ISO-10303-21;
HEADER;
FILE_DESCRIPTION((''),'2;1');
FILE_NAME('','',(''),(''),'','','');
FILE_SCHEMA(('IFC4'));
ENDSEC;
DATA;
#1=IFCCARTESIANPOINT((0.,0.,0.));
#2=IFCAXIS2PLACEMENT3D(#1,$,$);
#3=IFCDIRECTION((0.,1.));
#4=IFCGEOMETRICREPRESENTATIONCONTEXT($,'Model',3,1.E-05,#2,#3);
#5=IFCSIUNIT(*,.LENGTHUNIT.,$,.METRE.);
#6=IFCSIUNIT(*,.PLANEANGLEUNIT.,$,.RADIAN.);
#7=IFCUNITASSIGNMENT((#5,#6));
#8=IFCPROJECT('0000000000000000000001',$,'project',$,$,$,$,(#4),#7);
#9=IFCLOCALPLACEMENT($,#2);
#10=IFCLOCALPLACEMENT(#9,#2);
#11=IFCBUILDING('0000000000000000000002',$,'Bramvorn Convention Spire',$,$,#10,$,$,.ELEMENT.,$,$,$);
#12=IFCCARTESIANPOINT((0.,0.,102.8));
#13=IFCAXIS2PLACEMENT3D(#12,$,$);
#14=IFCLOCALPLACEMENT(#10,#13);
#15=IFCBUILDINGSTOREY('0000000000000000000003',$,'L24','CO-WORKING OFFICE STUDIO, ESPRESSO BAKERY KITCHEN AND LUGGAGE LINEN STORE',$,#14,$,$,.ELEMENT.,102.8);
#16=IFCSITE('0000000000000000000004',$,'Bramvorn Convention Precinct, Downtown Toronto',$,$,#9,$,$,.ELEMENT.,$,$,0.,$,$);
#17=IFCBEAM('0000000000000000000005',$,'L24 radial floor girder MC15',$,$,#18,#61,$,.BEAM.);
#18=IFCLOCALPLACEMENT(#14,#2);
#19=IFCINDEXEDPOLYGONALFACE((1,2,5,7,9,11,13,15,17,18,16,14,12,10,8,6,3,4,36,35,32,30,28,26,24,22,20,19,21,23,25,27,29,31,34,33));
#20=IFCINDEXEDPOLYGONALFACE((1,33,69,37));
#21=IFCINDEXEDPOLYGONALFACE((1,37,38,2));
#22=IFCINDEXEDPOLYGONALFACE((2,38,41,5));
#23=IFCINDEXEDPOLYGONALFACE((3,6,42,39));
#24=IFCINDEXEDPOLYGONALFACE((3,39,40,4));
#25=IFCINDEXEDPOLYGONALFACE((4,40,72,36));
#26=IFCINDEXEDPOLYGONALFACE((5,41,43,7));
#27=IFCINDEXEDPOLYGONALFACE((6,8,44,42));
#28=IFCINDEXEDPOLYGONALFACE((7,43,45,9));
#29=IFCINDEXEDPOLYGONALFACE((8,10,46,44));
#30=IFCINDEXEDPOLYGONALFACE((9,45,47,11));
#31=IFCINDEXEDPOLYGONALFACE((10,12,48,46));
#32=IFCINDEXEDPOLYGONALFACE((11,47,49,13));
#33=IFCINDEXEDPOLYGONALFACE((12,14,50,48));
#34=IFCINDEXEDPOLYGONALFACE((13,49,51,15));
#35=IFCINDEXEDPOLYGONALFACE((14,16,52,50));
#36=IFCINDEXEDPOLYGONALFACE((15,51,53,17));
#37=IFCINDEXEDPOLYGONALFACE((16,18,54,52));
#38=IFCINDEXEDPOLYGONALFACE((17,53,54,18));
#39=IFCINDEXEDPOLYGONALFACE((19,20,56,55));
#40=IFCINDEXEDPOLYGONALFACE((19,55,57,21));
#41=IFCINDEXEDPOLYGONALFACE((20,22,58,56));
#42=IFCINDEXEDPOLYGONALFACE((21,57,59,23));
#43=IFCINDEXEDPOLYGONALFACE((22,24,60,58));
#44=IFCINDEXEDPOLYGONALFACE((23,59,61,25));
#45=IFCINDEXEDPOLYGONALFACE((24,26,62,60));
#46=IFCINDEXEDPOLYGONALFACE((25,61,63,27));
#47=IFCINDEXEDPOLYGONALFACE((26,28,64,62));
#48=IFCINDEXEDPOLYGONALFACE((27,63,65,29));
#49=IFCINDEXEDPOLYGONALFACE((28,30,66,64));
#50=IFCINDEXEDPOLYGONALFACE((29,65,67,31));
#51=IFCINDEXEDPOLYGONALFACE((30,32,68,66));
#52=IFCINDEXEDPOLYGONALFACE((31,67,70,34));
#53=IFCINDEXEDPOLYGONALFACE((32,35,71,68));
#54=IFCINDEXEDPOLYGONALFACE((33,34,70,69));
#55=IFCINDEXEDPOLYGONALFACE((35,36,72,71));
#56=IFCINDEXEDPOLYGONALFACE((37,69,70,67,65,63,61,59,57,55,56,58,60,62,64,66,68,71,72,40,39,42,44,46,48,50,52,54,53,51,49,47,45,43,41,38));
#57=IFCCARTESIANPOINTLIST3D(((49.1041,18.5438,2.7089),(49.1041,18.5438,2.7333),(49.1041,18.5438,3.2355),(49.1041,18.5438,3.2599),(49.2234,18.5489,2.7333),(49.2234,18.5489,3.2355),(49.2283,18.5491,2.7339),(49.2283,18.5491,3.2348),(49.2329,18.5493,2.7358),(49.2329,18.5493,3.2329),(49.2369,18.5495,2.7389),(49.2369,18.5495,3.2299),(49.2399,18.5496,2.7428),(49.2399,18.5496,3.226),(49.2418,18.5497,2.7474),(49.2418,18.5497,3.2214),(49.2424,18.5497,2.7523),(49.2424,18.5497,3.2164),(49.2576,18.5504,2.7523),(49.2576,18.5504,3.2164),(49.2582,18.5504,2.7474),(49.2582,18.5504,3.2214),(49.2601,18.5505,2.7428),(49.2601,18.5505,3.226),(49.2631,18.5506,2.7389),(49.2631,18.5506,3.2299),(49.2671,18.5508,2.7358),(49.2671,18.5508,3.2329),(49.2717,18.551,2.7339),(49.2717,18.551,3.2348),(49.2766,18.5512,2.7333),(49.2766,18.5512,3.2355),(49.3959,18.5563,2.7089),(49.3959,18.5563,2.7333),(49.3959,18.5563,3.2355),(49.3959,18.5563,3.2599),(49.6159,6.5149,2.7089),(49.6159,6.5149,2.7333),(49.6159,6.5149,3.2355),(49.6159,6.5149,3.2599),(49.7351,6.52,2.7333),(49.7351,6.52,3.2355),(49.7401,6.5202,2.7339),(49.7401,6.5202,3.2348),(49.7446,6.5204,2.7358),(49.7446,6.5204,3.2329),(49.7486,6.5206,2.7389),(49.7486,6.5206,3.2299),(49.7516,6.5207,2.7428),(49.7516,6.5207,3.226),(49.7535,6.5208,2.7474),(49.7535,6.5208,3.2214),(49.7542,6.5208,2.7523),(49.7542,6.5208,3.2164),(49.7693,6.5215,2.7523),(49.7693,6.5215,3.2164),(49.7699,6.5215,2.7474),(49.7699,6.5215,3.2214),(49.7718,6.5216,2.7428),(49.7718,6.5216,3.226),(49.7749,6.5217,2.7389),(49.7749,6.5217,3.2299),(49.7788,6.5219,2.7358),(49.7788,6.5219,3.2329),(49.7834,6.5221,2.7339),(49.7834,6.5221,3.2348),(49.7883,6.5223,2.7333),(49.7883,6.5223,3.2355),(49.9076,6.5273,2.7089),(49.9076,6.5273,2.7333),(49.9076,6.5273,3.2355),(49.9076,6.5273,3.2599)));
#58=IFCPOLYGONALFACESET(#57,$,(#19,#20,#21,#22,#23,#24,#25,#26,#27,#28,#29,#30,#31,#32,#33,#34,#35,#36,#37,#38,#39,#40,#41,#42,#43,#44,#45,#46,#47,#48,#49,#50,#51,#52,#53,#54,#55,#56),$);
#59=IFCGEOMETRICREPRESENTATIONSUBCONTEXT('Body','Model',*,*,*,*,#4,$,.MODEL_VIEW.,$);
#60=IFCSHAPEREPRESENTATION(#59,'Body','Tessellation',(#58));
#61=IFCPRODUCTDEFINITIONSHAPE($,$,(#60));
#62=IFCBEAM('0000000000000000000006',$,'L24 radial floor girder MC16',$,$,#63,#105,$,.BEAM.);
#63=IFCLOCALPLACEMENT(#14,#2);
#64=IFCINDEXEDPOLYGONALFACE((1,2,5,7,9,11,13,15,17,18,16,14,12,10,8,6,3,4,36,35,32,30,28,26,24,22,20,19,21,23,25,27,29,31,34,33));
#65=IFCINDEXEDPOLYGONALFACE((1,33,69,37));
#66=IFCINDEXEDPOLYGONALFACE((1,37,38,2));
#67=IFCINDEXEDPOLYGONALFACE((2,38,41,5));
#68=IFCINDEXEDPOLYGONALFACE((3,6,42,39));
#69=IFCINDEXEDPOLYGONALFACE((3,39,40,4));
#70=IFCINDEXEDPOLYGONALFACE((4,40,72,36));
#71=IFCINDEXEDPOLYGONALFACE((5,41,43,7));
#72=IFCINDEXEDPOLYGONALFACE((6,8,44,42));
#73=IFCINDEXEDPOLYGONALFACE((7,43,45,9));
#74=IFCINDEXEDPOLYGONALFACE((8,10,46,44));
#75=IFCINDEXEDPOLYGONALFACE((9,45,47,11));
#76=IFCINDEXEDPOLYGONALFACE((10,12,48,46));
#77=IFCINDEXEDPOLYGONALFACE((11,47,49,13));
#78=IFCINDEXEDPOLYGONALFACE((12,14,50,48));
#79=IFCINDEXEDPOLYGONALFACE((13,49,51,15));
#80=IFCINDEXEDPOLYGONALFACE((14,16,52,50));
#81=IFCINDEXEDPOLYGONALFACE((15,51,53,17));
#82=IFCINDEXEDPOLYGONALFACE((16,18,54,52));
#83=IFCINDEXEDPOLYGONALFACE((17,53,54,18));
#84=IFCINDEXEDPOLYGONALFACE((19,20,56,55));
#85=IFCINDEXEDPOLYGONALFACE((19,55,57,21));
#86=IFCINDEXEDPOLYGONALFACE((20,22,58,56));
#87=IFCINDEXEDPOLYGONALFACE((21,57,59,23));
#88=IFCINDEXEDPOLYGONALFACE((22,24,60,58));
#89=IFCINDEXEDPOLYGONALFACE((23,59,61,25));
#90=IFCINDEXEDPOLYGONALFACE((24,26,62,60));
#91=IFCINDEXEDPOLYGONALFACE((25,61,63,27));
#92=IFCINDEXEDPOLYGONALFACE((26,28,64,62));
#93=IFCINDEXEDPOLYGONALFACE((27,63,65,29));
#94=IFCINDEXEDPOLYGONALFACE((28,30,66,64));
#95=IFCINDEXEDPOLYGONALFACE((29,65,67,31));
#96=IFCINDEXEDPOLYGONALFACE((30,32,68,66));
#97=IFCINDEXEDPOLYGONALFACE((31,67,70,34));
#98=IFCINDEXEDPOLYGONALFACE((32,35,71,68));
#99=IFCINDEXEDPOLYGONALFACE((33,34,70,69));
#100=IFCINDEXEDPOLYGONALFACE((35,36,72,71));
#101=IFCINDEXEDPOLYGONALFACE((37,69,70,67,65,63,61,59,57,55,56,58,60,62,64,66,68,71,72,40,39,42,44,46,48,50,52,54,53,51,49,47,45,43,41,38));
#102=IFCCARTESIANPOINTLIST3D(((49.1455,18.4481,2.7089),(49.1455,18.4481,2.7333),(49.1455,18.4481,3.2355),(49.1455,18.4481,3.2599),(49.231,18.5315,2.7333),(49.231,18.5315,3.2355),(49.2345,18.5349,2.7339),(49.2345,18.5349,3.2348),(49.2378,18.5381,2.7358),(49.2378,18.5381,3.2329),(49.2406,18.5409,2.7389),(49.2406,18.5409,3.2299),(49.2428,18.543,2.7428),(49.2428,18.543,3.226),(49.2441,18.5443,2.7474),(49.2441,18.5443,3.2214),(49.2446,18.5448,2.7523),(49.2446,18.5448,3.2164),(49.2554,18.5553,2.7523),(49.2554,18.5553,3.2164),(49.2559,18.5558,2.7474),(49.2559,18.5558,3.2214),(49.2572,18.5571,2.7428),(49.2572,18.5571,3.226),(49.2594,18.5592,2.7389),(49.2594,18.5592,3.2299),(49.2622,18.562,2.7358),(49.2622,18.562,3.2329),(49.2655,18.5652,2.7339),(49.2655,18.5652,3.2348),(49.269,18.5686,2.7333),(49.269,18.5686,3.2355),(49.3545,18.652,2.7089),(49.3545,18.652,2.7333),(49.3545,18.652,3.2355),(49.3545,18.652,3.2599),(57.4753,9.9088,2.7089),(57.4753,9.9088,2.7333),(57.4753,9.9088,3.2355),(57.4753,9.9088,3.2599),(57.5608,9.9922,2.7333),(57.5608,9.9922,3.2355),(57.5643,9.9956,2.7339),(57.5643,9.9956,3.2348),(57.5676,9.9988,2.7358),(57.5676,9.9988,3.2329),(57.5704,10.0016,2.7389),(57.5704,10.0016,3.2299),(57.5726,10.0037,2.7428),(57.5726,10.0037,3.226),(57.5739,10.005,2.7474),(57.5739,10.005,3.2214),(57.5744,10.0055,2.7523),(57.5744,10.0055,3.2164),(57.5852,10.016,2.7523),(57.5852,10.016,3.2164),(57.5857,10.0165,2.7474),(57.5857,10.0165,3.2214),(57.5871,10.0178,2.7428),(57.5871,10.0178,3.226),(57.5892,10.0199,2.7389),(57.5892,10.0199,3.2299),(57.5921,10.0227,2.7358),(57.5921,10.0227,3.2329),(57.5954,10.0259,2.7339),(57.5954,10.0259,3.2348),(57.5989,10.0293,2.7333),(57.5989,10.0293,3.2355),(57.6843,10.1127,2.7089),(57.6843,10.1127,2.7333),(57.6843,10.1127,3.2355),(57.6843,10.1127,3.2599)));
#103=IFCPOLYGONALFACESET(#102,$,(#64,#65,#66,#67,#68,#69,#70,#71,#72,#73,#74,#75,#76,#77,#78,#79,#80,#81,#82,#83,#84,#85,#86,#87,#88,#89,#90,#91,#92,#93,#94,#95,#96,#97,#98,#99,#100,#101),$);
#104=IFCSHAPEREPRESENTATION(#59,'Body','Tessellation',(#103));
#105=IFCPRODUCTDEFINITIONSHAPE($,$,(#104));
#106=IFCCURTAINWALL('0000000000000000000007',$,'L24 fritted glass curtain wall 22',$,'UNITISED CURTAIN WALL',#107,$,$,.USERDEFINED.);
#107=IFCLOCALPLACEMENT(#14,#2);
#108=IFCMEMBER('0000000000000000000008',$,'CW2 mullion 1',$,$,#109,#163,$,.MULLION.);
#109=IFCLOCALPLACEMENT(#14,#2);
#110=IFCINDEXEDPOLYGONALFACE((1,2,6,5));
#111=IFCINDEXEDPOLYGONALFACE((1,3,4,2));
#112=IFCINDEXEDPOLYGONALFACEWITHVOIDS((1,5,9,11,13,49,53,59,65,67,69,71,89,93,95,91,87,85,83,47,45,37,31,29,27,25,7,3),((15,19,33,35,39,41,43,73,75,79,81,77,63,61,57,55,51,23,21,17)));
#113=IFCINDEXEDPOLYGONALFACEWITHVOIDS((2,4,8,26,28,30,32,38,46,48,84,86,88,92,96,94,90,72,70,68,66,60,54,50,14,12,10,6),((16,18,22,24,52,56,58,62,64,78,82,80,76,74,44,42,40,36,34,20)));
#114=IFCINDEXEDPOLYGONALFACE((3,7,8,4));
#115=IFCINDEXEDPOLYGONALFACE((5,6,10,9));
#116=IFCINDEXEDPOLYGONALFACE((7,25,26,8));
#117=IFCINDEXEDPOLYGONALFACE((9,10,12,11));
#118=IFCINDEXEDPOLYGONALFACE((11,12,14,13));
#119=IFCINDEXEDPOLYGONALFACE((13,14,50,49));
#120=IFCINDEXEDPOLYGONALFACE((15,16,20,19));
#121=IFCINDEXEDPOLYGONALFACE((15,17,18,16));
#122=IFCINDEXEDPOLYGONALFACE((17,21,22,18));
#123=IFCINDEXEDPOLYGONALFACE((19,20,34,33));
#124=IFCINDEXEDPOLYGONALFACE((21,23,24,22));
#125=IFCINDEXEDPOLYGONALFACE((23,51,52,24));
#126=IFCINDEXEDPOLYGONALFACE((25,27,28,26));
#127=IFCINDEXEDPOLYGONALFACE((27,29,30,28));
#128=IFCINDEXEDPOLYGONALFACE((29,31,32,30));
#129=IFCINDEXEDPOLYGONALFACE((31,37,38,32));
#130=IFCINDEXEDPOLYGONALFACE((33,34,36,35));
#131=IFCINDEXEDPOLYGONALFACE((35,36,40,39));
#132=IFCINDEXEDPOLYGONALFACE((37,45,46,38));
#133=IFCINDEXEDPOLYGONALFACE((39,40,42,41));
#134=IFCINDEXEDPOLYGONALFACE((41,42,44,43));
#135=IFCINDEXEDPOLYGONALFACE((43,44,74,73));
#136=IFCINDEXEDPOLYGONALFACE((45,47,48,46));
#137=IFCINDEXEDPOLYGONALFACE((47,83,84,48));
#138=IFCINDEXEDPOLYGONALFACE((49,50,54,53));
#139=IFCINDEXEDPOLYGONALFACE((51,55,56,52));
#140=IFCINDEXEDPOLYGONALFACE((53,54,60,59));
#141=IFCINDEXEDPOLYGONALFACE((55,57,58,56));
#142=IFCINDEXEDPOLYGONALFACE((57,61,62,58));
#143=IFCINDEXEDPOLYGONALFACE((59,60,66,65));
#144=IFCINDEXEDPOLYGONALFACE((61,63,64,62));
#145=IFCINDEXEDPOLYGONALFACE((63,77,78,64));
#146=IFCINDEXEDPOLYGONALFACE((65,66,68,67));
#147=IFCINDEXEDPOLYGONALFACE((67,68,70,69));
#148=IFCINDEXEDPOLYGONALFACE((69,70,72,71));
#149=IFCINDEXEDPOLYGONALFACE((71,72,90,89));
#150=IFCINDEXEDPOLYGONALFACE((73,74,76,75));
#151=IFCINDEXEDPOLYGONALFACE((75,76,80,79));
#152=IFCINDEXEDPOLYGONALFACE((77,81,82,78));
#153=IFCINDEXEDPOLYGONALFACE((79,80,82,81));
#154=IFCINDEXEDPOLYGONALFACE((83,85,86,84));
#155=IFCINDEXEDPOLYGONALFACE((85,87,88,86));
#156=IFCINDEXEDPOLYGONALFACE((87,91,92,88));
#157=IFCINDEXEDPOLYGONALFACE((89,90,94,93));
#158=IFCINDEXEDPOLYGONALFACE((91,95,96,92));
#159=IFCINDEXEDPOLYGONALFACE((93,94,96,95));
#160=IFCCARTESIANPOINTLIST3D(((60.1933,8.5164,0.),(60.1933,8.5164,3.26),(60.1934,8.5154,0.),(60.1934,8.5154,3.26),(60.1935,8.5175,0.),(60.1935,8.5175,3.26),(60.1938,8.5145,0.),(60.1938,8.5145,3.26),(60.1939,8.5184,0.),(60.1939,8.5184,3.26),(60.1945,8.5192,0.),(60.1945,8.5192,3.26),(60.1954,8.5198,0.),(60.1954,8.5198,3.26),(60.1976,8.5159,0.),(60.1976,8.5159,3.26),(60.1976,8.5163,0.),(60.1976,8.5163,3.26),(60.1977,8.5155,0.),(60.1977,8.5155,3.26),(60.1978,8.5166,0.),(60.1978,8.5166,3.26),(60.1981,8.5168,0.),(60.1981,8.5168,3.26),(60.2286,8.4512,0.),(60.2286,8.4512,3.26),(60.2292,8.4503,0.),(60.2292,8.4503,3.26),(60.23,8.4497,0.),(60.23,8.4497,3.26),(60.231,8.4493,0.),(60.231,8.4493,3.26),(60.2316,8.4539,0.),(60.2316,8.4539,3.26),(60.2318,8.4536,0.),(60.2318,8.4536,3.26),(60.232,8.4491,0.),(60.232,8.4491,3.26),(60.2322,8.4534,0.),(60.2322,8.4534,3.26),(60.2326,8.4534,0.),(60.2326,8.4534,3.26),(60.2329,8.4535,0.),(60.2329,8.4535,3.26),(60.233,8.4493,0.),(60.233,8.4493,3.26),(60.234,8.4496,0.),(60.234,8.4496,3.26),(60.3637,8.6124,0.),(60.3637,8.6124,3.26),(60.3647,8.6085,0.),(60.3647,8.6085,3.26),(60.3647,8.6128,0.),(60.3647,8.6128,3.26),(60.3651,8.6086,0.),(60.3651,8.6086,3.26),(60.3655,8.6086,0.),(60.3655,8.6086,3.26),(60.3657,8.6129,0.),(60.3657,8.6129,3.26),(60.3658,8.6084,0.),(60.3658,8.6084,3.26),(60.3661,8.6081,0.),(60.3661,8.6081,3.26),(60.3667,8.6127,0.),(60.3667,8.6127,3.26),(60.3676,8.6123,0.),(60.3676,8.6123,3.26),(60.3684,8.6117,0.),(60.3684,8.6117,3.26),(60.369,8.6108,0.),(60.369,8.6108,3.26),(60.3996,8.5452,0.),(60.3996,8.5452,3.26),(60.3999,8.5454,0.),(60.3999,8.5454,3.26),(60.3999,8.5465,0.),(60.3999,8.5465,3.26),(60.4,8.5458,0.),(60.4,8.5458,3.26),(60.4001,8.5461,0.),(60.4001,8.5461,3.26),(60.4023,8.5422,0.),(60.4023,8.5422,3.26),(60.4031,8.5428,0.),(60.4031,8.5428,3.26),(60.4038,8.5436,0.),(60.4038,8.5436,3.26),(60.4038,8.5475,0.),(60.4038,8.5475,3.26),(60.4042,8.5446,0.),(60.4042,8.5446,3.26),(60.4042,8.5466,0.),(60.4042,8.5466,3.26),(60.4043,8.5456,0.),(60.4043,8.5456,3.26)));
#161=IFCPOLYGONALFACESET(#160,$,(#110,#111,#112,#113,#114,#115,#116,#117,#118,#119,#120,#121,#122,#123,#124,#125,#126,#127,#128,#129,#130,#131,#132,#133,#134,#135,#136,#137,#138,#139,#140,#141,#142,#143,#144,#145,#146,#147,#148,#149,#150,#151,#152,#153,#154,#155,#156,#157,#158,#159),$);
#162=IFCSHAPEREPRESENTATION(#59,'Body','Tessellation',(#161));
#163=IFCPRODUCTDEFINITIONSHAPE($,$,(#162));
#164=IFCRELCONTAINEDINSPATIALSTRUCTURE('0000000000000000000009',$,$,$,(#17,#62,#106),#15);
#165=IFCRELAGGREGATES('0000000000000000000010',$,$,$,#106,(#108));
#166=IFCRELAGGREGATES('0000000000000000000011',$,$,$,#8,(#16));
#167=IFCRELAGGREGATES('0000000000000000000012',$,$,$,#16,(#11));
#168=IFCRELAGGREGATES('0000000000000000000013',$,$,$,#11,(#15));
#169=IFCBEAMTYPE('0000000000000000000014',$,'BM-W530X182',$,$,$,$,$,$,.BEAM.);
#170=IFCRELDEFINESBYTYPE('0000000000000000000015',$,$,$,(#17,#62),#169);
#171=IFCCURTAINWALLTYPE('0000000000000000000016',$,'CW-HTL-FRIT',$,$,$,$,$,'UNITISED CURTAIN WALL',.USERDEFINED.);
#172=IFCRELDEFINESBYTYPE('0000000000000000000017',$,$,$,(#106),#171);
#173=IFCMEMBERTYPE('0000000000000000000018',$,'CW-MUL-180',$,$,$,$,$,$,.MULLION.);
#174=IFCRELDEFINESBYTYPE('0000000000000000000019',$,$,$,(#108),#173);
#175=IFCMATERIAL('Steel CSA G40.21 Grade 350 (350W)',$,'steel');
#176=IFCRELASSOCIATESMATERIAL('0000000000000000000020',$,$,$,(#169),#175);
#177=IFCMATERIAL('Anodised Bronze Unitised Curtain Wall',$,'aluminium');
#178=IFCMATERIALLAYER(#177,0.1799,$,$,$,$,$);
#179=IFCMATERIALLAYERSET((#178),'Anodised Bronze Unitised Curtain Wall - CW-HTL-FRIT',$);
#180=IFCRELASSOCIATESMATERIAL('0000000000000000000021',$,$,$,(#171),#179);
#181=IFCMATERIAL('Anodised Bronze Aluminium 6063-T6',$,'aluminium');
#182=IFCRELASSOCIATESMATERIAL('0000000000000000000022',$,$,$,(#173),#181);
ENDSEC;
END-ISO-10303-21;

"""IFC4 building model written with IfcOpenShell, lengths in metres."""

from ifc_helpers import new_model, si_unit, direction, frame, origin, origin_2d, place, context, subcontext, project, spatial, hollow_rectangle, i_section, extrude, material, layer, layer_set, material_profile, profile_set, type_object, element, aggregate, save


model = new_model("IFC4")

# Units and contexts
model_context = context("Model", 3, precision=1e-05, world=origin(), true_north=direction((0.0, 1.0)))
body_context = subcontext(model_context, "Body", "Model", "MODEL_VIEW")
ifc_project = project(units=[si_unit("LENGTHUNIT", "METRE"), si_unit("PLANEANGLEUNIT", "RADIAN")], contexts=[model_context])

# Site, building, storey
site_placement = place(None, origin())
site = spatial("IfcSite", under=ifc_project, at=site_placement, Name="Bramvorn Convention Precinct, Downtown Toronto", CompositionType="ELEMENT", RefElevation=0.0)
building_placement = place(site_placement, origin())
building = spatial("IfcBuilding", under=site, at=building_placement, Name="Bramvorn Convention Spire", CompositionType="ELEMENT")
storey_placement = place(building_placement, frame((0.0, 0.0, 102.8)))
storey = spatial("IfcBuildingStorey", under=building, at=storey_placement, Name="L24", Description="CO-WORKING OFFICE STUDIO, ESPRESSO BAKERY KITCHEN AND LUGGAGE LINEN STORE", CompositionType="ELEMENT", Elevation=102.8)

# Shared definitions
ifc_material_1 = material(Name="Steel CSA G40.21 Grade 350 (350W)", Category="steel")

# Beams
ifc_material_profile_1 = material_profile(ifc_material_1, i_section(OverallWidth=0.292, OverallDepth=0.551, WebThickness=0.0151, FlangeThickness=0.0244, FilletRadius=0.019, at=origin_2d()))
ifc_profile_set_1 = profile_set([ifc_material_profile_1], Name="Steel CSA G40.21 Grade 350 (350W) - W530X182")
beam_type_1 = type_object("IfcBeamType", Name="BM-W530X182", PredefinedType="BEAM", material=ifc_profile_set_1)
beam_1_placement = place(storey_placement, frame((49.25, 18.55, 2.9844), z_axis=(0.042503, -0.999096, 0.0), x_axis=(0.999096, 0.042503, 0.0)))
element("IfcBeam", 1, at=beam_1_placement, inside=storey, type_object=beam_type_1, Name="L24 radial floor girder MC15", PredefinedType="BEAM", context=body_context, shape_type="SweptSolid", body=[
    extrude(i_section(OverallWidth=0.292, OverallDepth=0.551, WebThickness=0.0151, FlangeThickness=0.0244, FilletRadius=0.019, at=origin_2d()), origin(), (0.0, 0.0, 1.0), 12.0398),
])
beam_2_placement = place(storey_placement, frame((49.25, 18.55, 2.9844), z_axis=(0.698272, -0.715832, 0.0), x_axis=(0.715832, 0.698272, 0.0)))
element("IfcBeam", 2, at=beam_2_placement, inside=storey, type_object=beam_type_1, Name="L24 radial floor girder MC16", PredefinedType="BEAM", context=body_context, shape_type="SweptSolid", body=[
    extrude(i_section(OverallWidth=0.292, OverallDepth=0.551, WebThickness=0.0151, FlangeThickness=0.0244, FilletRadius=0.019, at=origin_2d()), origin(), (0.0, 0.0, 1.0), 11.9292),
])

# Curtain wall, member
ifc_material_2 = material(Name="Anodised Bronze Unitised Curtain Wall", Category="aluminium")
ifc_layer_1 = layer(ifc_material_2, 0.1799)
ifc_layer_set_1 = layer_set([ifc_layer_1], Name="Anodised Bronze Unitised Curtain Wall - CW-HTL-FRIT")
curtain_wall_type = type_object("IfcCurtainWallType", Name="CW-HTL-FRIT", ElementType="UNITISED CURTAIN WALL", PredefinedType="USERDEFINED", material=ifc_layer_set_1)
curtain_wall_1_placement = place(storey_placement, origin())
curtain_wall_1 = element("IfcCurtainWall", 3, at=curtain_wall_1_placement, inside=storey, type_object=curtain_wall_type, Name="L24 fritted glass curtain wall 22", ObjectType="UNITISED CURTAIN WALL", PredefinedType="USERDEFINED")
ifc_material_3 = material(Name="Anodised Bronze Aluminium 6063-T6", Category="aluminium")
ifc_material_profile_2 = material_profile(ifc_material_3, hollow_rectangle(XDim=0.0801, YDim=0.2, WallThickness=0.0039, InnerFilletRadius=0.001, OuterFilletRadius=0.0039, at=origin_2d()))
ifc_profile_set_2 = profile_set([ifc_material_profile_2], Name="Anodised Bronze Aluminium 6063-T6 - CWM80X200")
member_type_1 = type_object("IfcMemberType", Name="CW-MUL-180", PredefinedType="MULLION", material=ifc_profile_set_2)
member_1_placement = place(storey_placement, frame((60.2988, 8.531, 0.0), z_axis=(0.0, 0.0, 1.0), x_axis=(0.48196, -0.876193, 0.0)))
member_1 = element("IfcMember", 4, at=member_1_placement, type_object=member_type_1, Name="CW2 mullion 1", PredefinedType="MULLION", context=body_context, shape_type="SweptSolid", body=[
    extrude(hollow_rectangle(XDim=0.0801, YDim=0.2, WallThickness=0.0039, InnerFilletRadius=0.001, OuterFilletRadius=0.0039, at=origin_2d()), origin(), (0.0, 0.0, 1.0), 3.26),
])

aggregate(curtain_wall_1, [member_1])

save(model, "model.ifc")
